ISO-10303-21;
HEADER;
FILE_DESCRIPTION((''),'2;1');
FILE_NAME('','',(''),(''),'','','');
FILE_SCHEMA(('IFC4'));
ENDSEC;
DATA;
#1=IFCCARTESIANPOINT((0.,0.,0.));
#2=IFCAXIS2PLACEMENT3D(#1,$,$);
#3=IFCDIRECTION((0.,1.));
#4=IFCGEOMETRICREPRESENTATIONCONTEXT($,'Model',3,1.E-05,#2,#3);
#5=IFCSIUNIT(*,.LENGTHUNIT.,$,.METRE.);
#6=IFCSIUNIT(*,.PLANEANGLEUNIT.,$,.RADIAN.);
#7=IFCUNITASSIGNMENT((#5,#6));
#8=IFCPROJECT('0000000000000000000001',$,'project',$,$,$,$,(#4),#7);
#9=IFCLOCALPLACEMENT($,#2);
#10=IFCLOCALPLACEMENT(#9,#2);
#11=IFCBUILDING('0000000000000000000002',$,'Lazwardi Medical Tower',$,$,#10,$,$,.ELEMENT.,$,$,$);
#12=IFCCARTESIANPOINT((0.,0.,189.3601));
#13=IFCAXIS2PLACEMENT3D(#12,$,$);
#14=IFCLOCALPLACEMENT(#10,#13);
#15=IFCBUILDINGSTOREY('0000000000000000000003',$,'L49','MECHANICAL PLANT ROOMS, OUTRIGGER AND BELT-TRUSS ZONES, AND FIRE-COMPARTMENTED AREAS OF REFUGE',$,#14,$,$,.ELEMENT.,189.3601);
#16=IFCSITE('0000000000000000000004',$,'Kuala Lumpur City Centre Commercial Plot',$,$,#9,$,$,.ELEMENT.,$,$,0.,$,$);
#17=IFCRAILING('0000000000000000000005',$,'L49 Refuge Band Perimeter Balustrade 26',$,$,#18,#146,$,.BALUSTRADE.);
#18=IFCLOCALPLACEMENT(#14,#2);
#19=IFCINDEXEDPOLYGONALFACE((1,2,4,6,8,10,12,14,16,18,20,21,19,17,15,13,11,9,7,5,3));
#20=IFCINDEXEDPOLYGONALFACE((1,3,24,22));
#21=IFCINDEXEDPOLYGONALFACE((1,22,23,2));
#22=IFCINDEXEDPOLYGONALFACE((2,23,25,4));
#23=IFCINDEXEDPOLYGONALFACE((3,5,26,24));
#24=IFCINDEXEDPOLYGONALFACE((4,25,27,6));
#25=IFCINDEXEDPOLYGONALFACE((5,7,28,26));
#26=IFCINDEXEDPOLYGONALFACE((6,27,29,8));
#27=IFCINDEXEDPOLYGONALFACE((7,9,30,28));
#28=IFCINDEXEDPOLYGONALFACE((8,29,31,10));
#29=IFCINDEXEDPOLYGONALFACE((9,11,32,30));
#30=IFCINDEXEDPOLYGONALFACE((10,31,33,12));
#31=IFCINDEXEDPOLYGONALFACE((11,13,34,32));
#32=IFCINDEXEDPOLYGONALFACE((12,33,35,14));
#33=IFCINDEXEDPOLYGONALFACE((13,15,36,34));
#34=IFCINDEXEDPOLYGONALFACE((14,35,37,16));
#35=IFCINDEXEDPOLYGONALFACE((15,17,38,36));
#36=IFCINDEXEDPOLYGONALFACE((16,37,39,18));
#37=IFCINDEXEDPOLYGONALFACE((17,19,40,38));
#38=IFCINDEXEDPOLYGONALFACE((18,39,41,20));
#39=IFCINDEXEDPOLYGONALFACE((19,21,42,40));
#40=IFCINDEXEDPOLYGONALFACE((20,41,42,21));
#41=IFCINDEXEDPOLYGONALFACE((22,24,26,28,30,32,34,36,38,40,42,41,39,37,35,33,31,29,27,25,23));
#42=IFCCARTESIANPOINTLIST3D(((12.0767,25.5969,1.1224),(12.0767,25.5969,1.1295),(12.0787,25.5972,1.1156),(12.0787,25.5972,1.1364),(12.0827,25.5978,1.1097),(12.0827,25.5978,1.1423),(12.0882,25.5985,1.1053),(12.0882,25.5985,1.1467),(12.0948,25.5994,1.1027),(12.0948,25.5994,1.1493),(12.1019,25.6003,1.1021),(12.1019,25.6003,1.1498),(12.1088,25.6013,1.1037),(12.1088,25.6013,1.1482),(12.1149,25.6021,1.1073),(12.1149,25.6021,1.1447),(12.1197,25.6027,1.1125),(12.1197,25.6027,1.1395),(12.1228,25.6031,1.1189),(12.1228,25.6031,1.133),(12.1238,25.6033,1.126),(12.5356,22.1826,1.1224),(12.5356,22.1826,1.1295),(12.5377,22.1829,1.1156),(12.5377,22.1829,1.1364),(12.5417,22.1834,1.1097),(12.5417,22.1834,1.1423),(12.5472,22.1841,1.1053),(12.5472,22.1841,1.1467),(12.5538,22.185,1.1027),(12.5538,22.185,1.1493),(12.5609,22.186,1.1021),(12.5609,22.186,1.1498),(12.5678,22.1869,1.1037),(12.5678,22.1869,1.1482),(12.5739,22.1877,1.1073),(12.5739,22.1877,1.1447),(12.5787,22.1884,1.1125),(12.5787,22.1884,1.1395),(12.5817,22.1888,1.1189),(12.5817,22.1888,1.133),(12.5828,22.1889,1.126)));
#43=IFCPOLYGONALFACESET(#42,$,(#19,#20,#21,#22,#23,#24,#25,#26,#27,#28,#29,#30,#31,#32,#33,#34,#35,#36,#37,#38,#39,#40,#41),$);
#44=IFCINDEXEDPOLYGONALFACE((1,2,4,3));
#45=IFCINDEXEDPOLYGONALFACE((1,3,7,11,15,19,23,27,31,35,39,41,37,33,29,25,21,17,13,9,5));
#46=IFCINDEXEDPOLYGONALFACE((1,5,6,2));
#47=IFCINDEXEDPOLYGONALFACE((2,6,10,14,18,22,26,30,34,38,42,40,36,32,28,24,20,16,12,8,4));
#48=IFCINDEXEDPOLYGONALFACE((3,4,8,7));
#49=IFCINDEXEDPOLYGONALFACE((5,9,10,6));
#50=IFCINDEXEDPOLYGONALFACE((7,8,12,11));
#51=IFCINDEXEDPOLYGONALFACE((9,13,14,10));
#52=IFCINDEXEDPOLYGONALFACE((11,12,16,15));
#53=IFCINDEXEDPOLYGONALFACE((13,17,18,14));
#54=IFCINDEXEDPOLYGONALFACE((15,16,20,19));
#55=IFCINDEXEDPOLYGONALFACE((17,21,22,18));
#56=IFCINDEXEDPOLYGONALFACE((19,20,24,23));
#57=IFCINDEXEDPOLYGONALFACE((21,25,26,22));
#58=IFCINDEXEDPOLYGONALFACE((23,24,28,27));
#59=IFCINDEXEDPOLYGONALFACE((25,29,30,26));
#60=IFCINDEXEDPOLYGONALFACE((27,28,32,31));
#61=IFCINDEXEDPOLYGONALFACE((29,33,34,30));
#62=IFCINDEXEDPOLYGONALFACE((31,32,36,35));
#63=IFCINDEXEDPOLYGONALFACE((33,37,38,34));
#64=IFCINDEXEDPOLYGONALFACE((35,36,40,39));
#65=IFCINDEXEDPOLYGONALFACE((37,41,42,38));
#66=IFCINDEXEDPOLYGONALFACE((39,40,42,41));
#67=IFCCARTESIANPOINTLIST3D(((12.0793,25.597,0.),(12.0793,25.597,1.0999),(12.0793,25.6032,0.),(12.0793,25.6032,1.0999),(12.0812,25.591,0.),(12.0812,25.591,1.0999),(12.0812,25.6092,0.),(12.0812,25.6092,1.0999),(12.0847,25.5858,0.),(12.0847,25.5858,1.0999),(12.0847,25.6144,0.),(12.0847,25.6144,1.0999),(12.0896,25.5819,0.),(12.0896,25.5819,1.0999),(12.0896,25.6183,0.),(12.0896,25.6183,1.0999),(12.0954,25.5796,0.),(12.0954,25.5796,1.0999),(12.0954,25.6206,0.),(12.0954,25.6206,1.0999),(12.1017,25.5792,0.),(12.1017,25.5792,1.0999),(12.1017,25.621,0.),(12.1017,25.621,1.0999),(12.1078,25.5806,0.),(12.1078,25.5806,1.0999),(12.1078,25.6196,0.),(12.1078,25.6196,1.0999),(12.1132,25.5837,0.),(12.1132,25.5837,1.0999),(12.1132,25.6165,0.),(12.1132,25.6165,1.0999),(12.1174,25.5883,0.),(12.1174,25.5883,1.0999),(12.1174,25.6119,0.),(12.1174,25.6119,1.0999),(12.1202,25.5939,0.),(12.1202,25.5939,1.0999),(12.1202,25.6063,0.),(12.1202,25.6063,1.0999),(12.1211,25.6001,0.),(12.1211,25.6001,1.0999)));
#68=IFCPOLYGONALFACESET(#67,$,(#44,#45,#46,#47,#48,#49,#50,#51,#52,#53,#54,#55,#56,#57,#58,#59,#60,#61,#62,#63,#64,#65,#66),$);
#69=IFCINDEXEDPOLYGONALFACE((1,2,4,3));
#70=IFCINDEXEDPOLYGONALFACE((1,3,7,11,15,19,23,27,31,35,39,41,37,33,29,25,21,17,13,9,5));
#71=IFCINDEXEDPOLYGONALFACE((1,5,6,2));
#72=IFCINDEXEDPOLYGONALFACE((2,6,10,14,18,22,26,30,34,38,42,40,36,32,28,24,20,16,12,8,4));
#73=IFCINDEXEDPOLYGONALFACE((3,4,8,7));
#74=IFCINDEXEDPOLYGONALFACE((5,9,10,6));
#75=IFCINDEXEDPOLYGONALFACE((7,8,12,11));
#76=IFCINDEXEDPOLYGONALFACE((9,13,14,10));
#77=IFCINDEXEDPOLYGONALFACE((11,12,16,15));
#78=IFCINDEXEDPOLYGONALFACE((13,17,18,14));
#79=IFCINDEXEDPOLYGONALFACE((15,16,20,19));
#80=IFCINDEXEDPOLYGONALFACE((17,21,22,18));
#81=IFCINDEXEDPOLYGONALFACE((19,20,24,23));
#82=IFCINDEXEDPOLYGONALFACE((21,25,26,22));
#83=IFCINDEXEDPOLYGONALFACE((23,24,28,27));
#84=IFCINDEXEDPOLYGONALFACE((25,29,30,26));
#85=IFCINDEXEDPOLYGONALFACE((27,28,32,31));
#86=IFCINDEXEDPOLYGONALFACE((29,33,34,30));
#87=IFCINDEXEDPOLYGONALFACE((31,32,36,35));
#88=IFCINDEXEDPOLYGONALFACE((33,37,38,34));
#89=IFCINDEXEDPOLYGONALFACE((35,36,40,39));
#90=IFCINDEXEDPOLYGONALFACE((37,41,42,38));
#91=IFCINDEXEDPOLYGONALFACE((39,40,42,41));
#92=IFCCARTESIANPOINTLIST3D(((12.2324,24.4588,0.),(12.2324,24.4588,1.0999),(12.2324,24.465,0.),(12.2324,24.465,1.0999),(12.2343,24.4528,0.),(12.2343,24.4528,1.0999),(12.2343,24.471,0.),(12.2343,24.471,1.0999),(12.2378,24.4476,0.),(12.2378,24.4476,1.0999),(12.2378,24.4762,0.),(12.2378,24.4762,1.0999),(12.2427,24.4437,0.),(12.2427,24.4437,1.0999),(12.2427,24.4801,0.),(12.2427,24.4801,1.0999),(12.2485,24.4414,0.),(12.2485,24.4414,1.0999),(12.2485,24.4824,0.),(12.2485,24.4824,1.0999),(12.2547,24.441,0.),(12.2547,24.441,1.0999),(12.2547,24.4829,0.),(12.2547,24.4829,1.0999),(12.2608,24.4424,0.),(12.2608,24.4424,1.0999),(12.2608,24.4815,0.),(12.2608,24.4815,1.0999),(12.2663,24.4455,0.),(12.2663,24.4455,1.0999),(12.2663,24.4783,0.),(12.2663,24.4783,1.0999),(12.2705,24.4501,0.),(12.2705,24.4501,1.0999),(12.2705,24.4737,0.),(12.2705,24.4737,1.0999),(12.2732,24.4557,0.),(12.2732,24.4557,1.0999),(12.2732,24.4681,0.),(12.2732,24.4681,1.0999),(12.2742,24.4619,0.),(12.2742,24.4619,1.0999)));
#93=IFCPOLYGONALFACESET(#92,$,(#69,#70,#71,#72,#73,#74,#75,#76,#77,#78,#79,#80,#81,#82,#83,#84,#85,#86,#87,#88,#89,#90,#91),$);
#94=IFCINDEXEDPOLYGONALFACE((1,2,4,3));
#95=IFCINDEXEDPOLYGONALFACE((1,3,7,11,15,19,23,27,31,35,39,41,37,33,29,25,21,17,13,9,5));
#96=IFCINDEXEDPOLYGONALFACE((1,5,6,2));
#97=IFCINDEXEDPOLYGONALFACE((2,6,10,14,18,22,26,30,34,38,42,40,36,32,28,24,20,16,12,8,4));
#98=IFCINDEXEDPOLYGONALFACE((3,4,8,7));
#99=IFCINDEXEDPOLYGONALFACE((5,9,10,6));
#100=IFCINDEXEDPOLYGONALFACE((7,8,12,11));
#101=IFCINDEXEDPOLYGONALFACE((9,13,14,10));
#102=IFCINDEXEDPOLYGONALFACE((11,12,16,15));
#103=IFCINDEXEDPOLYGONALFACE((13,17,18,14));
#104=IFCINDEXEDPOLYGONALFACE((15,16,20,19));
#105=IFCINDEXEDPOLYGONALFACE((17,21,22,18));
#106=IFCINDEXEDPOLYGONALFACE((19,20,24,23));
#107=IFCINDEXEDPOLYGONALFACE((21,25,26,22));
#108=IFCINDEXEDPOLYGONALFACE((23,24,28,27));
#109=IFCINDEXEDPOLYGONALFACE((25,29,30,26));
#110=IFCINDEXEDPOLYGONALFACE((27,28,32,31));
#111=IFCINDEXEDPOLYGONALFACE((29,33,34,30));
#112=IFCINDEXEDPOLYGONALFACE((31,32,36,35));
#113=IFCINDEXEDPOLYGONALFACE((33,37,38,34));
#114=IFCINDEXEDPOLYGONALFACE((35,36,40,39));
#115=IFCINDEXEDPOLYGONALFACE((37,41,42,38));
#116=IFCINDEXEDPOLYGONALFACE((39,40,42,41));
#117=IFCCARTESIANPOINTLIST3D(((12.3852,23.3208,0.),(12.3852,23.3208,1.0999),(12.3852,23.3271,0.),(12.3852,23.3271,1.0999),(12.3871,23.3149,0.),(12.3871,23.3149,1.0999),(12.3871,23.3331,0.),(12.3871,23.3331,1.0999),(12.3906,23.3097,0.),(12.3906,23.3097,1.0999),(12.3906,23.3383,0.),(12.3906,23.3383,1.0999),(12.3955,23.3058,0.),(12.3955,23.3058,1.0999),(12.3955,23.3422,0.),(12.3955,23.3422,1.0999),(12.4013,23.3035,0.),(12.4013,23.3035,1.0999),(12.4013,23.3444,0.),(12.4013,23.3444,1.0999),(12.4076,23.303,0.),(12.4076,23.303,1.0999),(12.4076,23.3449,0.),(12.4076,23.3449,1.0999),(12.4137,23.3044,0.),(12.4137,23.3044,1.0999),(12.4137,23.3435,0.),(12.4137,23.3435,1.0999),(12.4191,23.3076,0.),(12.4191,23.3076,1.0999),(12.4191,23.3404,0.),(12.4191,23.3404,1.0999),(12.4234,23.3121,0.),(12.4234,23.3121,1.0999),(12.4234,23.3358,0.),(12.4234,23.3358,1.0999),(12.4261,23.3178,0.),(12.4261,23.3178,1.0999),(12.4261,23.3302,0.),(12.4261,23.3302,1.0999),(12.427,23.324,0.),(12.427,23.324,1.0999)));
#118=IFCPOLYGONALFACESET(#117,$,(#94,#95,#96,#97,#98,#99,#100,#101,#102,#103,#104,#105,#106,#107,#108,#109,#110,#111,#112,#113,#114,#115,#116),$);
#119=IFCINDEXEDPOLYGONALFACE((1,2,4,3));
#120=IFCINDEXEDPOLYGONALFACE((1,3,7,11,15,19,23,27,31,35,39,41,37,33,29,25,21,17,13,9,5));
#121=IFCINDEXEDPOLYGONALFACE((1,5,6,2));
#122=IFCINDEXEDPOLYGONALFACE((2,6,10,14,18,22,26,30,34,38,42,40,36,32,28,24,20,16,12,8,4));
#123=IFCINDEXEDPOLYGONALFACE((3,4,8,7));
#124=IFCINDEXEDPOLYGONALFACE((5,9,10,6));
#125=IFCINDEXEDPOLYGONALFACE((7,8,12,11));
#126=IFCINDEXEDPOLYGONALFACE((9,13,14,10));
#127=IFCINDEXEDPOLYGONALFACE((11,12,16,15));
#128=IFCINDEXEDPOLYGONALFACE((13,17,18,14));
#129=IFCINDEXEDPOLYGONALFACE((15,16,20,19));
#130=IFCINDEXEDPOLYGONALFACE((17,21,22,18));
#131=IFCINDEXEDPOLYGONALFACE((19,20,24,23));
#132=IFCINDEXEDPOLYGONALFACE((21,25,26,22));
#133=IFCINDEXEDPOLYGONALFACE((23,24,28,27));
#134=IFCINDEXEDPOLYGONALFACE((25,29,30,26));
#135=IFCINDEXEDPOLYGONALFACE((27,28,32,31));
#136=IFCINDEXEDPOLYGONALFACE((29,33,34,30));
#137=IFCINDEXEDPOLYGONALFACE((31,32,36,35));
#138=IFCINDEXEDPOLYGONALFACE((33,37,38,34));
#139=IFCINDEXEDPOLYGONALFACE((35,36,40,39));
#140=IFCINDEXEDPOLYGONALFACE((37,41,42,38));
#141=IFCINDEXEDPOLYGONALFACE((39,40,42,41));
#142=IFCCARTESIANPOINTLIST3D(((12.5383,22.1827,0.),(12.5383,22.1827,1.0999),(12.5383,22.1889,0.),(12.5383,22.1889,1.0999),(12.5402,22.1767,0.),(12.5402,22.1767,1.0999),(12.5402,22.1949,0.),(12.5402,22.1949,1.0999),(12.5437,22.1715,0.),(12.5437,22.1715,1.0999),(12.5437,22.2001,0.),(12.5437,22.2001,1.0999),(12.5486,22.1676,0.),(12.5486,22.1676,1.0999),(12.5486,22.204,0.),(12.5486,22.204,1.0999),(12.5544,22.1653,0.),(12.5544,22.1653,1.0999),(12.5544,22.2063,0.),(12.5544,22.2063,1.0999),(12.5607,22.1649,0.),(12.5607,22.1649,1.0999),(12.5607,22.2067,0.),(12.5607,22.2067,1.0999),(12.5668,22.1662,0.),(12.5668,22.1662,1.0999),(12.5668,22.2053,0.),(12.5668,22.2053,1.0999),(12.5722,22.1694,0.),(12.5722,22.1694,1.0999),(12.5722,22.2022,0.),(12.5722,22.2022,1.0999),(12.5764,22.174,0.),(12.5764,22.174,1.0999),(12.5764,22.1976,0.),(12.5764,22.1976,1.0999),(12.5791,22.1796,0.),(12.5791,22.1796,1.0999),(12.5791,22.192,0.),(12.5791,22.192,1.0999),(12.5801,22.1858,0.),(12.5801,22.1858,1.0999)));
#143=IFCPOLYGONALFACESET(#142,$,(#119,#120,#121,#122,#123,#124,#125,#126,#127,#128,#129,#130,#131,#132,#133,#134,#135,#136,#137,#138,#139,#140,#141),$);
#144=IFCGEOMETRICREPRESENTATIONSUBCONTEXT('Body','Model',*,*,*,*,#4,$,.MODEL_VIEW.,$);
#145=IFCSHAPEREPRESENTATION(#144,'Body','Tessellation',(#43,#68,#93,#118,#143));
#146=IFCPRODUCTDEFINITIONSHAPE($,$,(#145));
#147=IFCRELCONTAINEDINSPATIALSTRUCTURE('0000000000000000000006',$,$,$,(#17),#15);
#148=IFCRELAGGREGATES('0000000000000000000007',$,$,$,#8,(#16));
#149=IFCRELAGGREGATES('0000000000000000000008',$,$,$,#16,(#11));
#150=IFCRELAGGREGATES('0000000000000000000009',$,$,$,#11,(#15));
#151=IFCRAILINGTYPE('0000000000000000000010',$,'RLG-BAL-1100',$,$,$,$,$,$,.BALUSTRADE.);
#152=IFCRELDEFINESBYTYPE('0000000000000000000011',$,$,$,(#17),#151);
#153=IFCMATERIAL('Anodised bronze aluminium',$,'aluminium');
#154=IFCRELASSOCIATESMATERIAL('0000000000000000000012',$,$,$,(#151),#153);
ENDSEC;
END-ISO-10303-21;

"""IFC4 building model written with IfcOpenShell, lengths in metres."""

from ifc_helpers import new_model, si_unit, direction, frame, origin, origin_2d, place, context, subcontext, project, spatial, circle, extrude, material, type_object, element, save


model = new_model("IFC4")

# Units and contexts
model_context = context("Model", 3, precision=1e-05, world=origin(), true_north=direction((0.0, 1.0)))
body_context = subcontext(model_context, "Body", "Model", "MODEL_VIEW")
ifc_project = project(units=[si_unit("LENGTHUNIT", "METRE"), si_unit("PLANEANGLEUNIT", "RADIAN")], contexts=[model_context])

# Site, building, storey
site_placement = place(None, origin())
site = spatial("IfcSite", under=ifc_project, at=site_placement, Name="Kuala Lumpur City Centre Commercial Plot", CompositionType="ELEMENT", RefElevation=0.0)
building_placement = place(site_placement, origin())
building = spatial("IfcBuilding", under=site, at=building_placement, Name="Lazwardi Medical Tower", CompositionType="ELEMENT")
storey_placement = place(building_placement, frame((0.0, 0.0, 189.3601)))
storey = spatial("IfcBuildingStorey", under=building, at=storey_placement, Name="L49", Description="MECHANICAL PLANT ROOMS, OUTRIGGER AND BELT-TRUSS ZONES, AND FIRE-COMPARTMENTED AREAS OF REFUGE", CompositionType="ELEMENT", Elevation=189.3601)

# Railing
ifc_material_1 = material(Name="Anodised bronze aluminium", Category="aluminium")
railing_type = type_object("IfcRailingType", Name="RLG-BAL-1100", PredefinedType="BALUSTRADE", material=ifc_material_1)
railing_1_placement = place(storey_placement, frame((12.1001, 25.6001, 0.0)))
element("IfcRailing", 1, at=railing_1_placement, inside=storey, type_object=railing_type, Name="L49 Refuge Band Perimeter Balustrade 26", PredefinedType="BALUSTRADE", context=body_context, shape_type="SweptSolid", body=[
    extrude(circle(Radius=0.0239, at=origin_2d()), frame((0.0, 0.0, 1.126), z_axis=(0.133231, -0.991085, 0.0), x_axis=(0.991085, 0.133231, 0.0)), (0.0, 0.0, 1.0), 3.4451),
    extrude(circle(Radius=0.021, at=origin_2d()), origin(), (0.0, 0.0, 1.0), 1.0999),
    extrude(circle(Radius=0.021, at=origin_2d()), frame((0.1531, -1.1382, 0.0)), (0.0, 0.0, 1.0), 1.0999),
    extrude(circle(Radius=0.021, at=origin_2d()), frame((0.3059, -2.2761, 0.0)), (0.0, 0.0, 1.0), 1.0999),
    extrude(circle(Radius=0.021, at=origin_2d()), frame((0.459, -3.4143, 0.0)), (0.0, 0.0, 1.0), 1.0999),
])

save(model, "model.ifc")
